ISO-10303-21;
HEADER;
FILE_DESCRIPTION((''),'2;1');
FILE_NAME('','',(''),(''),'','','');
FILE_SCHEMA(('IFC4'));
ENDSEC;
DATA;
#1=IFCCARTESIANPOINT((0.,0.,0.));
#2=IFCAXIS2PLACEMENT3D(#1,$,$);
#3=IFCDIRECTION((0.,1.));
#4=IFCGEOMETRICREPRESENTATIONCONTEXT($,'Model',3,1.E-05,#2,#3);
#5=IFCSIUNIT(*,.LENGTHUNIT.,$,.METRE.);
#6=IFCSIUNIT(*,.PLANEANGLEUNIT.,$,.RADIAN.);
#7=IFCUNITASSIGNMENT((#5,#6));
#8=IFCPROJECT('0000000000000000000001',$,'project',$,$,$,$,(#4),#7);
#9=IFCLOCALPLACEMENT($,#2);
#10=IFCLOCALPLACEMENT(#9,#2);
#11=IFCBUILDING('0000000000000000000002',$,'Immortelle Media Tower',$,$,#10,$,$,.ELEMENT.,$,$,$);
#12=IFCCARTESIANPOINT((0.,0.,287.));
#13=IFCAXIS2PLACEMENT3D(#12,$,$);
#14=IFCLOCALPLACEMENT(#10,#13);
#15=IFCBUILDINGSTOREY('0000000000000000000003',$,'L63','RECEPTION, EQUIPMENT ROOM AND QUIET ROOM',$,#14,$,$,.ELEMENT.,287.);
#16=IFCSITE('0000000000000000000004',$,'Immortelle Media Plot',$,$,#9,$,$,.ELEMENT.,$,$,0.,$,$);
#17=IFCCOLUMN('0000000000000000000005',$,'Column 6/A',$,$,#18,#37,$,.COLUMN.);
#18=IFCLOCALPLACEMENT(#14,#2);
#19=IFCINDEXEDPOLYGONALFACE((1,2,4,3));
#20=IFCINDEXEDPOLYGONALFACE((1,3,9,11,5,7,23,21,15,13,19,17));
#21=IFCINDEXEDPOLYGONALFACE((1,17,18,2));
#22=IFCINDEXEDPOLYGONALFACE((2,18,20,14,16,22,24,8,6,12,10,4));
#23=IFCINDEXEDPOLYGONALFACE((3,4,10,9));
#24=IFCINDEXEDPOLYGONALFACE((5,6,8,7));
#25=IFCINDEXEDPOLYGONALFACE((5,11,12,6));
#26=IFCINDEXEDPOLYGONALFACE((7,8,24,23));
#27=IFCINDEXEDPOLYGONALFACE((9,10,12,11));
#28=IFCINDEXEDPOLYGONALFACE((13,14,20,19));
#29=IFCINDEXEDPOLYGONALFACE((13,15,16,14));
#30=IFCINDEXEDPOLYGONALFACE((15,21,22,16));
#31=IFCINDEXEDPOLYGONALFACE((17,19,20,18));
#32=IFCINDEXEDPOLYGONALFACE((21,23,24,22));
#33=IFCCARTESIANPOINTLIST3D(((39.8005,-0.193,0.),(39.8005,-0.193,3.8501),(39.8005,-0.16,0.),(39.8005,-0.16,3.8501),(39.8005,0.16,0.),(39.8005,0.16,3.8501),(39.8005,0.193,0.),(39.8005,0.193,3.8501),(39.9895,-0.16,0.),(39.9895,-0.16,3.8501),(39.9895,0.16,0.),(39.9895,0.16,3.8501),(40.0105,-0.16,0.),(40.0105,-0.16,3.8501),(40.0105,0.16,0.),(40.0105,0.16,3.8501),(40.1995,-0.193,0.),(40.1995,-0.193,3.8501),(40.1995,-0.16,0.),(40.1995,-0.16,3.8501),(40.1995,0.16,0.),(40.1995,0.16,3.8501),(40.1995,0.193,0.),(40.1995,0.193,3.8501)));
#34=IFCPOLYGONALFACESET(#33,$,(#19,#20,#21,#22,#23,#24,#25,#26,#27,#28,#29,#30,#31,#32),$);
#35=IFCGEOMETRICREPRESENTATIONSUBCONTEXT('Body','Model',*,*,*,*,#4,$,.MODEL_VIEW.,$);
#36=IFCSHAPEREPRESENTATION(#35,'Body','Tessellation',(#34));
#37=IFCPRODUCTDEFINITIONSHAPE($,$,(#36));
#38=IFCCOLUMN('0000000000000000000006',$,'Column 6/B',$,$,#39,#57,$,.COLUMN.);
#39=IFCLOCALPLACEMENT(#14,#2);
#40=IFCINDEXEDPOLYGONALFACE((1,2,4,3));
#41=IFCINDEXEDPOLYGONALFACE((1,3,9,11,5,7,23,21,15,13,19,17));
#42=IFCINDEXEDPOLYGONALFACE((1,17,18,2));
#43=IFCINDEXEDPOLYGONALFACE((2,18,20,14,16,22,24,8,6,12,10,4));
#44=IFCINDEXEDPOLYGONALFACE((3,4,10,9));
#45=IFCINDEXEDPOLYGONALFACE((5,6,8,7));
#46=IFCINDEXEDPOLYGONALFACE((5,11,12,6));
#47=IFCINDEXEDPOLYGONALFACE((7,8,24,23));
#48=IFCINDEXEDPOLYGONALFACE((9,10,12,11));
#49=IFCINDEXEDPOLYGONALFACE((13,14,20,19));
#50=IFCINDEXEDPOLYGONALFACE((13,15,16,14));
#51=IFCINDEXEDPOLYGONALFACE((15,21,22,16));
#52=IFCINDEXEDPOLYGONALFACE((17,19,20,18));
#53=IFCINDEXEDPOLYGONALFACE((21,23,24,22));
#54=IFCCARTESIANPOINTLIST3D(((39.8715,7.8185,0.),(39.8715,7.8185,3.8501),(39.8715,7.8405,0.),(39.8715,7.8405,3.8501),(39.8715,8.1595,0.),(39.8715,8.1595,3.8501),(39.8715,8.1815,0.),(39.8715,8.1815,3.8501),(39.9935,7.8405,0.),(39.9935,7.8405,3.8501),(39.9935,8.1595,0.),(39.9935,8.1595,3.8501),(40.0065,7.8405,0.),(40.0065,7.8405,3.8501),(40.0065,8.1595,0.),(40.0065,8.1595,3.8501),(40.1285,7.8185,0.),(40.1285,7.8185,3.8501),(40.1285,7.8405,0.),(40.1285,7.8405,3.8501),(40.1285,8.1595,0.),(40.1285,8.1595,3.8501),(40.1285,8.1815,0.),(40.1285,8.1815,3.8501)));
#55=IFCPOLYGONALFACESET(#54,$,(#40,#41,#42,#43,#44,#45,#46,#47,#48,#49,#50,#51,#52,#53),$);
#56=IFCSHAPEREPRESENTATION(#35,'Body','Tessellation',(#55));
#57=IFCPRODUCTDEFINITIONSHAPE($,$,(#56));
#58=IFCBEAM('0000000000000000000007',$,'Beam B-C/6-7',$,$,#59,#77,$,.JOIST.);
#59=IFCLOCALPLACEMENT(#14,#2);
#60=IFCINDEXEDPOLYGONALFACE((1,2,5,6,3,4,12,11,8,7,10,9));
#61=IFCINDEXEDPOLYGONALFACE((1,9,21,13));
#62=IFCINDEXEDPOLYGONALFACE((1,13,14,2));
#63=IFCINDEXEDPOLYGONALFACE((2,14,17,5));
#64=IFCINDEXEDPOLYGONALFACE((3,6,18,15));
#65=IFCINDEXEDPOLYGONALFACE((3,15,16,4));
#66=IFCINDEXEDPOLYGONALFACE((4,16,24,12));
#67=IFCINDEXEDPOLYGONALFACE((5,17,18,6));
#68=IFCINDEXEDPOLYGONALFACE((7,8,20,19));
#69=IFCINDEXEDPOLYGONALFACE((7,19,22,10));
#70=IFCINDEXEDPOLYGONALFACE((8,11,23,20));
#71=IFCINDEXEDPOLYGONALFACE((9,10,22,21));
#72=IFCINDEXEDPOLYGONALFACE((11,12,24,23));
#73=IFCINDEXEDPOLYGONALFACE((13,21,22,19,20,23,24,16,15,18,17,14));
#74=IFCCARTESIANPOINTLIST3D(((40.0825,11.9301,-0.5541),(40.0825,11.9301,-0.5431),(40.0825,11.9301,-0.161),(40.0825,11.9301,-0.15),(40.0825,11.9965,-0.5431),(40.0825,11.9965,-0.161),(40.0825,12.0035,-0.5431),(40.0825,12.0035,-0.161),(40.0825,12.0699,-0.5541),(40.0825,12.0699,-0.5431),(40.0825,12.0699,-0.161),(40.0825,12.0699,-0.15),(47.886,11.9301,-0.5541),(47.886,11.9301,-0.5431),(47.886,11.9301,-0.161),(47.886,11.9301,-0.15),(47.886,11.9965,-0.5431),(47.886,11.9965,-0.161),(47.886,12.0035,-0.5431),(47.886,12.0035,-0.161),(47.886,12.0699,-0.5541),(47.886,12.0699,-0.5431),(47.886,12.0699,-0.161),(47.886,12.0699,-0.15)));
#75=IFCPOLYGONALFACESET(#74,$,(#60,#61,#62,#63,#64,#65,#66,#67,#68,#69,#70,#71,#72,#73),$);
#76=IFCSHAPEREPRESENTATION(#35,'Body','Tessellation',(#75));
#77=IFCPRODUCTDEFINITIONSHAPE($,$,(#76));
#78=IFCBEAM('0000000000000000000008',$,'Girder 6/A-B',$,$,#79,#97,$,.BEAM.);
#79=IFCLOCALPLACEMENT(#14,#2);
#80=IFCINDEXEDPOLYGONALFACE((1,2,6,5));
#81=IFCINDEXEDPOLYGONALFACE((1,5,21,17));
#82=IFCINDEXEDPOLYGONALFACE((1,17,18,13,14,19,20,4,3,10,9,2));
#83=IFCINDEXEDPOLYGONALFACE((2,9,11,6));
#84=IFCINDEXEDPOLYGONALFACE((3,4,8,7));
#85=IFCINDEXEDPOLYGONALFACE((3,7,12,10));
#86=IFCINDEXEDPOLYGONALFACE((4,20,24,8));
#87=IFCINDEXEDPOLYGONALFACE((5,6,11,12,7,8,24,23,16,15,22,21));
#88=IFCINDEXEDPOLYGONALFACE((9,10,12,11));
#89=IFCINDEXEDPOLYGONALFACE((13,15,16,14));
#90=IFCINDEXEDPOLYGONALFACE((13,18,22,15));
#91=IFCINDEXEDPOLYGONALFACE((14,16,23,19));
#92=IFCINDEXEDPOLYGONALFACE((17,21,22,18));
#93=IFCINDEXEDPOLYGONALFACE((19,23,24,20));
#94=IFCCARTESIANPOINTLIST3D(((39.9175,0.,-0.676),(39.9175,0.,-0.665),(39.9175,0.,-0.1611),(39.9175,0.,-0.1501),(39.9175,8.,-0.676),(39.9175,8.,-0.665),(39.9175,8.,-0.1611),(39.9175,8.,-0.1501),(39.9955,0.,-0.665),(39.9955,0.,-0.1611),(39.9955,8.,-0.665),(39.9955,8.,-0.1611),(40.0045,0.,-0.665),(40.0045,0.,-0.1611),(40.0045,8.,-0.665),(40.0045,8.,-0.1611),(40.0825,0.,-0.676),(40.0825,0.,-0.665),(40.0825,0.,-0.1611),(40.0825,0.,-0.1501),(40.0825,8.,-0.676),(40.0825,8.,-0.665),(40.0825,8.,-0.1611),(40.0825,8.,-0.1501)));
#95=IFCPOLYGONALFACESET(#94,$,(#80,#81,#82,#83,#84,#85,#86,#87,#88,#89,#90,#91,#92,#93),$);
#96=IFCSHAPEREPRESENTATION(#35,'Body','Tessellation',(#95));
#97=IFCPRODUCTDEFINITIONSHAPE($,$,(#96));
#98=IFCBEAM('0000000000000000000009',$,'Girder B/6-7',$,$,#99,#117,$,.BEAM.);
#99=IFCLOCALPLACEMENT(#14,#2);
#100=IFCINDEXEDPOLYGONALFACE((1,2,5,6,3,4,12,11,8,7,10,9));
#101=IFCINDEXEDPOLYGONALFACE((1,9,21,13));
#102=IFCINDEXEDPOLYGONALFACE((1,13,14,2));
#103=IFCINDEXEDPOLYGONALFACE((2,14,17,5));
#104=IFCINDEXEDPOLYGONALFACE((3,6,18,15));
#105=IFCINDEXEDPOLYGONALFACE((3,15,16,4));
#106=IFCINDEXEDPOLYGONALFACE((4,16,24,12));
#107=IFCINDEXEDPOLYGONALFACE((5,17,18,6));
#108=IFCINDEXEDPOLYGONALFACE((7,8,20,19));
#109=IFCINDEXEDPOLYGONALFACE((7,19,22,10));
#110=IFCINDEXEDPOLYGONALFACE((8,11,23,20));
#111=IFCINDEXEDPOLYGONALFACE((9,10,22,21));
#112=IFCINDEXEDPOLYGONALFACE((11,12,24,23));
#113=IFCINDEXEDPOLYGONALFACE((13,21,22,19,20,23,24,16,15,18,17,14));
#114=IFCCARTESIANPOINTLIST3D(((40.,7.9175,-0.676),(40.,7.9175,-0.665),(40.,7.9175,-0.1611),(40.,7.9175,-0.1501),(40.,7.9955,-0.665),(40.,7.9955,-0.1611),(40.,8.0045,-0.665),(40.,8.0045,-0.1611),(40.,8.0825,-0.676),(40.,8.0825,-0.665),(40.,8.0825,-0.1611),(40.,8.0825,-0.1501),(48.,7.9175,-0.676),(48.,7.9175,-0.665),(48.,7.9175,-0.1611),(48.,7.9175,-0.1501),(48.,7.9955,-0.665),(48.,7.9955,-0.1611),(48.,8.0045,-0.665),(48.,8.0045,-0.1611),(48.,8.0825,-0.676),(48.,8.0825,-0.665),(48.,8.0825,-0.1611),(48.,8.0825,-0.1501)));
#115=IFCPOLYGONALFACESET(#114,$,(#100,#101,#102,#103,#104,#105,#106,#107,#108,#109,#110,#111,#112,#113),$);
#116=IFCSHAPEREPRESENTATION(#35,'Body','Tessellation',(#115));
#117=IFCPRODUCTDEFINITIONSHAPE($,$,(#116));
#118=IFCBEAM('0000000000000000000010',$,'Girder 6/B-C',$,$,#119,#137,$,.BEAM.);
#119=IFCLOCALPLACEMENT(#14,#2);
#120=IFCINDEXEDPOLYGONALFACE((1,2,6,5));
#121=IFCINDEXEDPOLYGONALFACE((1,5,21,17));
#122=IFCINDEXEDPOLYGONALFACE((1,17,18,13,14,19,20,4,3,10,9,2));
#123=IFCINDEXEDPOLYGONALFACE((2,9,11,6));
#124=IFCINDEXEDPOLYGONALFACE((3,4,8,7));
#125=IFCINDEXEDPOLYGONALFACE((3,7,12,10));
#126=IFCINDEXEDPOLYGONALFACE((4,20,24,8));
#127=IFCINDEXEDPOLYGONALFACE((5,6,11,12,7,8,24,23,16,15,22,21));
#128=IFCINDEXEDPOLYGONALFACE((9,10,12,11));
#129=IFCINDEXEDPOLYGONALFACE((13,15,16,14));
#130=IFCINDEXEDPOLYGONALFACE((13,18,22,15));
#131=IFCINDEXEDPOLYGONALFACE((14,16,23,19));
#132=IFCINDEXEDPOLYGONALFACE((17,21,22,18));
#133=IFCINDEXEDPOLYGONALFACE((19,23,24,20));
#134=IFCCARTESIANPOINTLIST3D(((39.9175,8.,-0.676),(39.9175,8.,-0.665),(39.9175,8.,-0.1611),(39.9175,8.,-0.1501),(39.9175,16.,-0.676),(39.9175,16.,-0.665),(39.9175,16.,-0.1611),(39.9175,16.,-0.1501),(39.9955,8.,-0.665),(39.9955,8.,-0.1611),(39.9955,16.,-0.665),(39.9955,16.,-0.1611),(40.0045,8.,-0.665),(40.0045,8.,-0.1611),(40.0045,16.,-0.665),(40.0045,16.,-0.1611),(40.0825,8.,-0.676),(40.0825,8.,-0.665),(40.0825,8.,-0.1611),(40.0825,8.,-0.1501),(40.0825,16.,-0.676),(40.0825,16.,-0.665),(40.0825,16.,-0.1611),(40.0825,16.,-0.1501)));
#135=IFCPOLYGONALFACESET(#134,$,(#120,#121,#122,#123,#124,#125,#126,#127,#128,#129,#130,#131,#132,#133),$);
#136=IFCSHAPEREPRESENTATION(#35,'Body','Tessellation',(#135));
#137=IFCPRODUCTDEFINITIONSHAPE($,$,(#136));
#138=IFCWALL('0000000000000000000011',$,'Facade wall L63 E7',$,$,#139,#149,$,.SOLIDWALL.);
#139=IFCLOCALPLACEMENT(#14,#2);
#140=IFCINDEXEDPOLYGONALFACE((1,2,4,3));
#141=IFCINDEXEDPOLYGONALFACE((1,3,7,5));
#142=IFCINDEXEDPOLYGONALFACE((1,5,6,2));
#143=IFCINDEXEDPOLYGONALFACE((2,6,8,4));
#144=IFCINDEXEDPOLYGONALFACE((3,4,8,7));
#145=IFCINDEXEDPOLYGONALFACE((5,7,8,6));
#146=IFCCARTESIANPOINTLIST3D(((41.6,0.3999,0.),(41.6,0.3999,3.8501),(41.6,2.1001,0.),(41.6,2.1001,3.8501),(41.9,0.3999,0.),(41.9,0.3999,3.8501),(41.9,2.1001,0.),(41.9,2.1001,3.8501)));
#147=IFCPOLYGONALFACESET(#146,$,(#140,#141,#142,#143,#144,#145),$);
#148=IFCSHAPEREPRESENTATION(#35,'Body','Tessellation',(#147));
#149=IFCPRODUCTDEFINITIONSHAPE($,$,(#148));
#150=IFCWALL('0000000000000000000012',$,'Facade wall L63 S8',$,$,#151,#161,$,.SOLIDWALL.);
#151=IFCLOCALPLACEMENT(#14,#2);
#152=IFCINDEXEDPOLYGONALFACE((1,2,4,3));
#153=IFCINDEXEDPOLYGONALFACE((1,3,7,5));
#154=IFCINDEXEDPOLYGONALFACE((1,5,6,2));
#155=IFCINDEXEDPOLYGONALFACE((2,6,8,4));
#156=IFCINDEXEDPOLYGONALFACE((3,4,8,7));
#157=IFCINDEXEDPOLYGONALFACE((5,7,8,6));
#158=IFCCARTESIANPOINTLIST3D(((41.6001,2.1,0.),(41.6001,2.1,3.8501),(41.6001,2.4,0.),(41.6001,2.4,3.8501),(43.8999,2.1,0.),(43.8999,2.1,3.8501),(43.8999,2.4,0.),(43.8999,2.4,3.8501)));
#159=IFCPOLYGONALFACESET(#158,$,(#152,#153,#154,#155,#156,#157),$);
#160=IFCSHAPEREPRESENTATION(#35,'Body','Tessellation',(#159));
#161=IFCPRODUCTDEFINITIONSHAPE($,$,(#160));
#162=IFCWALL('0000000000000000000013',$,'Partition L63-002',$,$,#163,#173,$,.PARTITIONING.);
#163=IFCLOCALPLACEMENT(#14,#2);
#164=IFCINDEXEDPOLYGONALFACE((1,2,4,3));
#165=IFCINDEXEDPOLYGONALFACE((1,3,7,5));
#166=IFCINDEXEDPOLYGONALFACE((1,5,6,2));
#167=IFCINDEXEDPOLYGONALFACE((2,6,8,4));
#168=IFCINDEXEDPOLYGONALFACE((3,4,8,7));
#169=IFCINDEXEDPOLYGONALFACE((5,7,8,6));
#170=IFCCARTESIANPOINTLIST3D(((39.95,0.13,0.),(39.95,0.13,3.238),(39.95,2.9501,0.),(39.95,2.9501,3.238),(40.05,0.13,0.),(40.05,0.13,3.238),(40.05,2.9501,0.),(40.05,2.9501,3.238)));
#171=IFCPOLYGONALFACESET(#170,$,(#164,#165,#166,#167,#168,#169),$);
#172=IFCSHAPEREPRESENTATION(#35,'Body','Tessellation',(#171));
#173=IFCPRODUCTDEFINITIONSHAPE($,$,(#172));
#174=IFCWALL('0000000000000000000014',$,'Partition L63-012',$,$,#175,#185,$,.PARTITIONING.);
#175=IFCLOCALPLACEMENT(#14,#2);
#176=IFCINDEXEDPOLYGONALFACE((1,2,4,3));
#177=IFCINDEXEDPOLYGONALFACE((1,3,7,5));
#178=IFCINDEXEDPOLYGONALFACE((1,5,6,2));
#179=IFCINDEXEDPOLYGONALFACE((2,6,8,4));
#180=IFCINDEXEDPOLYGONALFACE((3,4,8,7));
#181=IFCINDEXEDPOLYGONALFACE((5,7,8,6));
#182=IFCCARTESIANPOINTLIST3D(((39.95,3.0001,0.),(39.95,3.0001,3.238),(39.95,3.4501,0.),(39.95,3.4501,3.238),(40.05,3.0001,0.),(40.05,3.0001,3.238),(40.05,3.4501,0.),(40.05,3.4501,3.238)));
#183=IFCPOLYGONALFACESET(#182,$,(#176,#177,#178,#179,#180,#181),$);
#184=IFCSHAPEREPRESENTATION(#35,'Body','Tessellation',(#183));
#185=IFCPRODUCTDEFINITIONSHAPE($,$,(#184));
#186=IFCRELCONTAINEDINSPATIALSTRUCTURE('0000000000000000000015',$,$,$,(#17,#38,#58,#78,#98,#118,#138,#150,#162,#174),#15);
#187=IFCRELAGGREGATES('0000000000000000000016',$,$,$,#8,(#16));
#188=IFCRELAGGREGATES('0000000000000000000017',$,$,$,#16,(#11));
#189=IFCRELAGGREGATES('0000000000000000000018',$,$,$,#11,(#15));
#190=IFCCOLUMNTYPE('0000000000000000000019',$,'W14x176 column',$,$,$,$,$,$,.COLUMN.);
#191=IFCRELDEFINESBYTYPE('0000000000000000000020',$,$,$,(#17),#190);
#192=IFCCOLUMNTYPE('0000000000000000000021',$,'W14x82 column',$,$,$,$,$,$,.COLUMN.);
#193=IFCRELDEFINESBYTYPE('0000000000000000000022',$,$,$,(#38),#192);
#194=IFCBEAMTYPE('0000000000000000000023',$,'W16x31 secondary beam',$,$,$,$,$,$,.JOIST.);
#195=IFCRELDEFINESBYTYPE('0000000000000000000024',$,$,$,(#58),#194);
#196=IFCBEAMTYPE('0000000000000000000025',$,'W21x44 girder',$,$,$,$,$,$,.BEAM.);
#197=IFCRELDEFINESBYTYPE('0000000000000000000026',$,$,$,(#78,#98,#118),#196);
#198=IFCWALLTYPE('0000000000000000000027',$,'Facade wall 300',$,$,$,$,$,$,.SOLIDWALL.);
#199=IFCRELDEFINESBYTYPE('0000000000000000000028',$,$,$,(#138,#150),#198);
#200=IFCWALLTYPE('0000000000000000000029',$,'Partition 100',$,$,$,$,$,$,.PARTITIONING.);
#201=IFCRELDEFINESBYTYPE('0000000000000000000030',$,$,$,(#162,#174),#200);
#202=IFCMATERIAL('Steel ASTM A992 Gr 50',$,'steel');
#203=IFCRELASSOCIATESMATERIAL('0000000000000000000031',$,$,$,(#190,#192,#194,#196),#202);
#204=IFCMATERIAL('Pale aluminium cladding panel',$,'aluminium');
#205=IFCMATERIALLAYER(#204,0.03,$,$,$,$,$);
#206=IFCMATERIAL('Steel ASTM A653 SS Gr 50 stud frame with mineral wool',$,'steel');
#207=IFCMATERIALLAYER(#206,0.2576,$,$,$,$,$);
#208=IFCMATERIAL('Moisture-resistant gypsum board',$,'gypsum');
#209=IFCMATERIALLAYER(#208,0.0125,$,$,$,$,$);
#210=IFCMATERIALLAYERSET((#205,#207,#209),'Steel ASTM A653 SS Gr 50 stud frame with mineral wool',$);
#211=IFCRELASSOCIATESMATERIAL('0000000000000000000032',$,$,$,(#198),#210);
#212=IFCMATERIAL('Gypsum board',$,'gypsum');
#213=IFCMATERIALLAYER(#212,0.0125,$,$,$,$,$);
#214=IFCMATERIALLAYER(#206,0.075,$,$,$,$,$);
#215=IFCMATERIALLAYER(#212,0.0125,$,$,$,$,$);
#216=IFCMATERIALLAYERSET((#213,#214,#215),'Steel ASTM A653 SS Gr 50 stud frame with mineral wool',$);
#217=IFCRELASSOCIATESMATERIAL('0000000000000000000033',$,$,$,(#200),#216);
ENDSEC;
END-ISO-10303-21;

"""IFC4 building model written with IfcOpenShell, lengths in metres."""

from ifc_helpers import new_model, si_unit, direction, frame, frame_2d, origin, origin_2d, place, context, subcontext, project, spatial, rectangle, i_section, extrude, material, layer, layer_set, material_profile, profile_set, type_object, element, save


model = new_model("IFC4")

# Units and contexts
model_context = context("Model", 3, precision=1e-05, world=origin(), true_north=direction((0.0, 1.0)))
body_context = subcontext(model_context, "Body", "Model", "MODEL_VIEW")
ifc_project = project(units=[si_unit("LENGTHUNIT", "METRE"), si_unit("PLANEANGLEUNIT", "RADIAN")], contexts=[model_context])

# Site, building, storey
site_placement = place(None, origin())
site = spatial("IfcSite", under=ifc_project, at=site_placement, Name="Immortelle Media Plot", CompositionType="ELEMENT", RefElevation=0.0)
building_placement = place(site_placement, origin())
building = spatial("IfcBuilding", under=site, at=building_placement, Name="Immortelle Media Tower", CompositionType="ELEMENT")
storey_placement = place(building_placement, frame((0.0, 0.0, 287.0)))
storey = spatial("IfcBuildingStorey", under=building, at=storey_placement, Name="L63", Description="RECEPTION, EQUIPMENT ROOM AND QUIET ROOM", CompositionType="ELEMENT", Elevation=287.0)

# Columns
ifc_material_1 = material(Name="Steel ASTM A992 Gr 50", Category="steel")
ifc_material_profile_1 = material_profile(ifc_material_1, i_section(OverallWidth=0.3989, OverallDepth=0.386, WebThickness=0.021, FlangeThickness=0.033, at=origin_2d()), Name="W14x176")
ifc_profile_set_1 = profile_set([ifc_material_profile_1], Name="Steel ASTM A992 Gr 50")
column_type_1 = type_object("IfcColumnType", Name="W14x176 column", PredefinedType="COLUMN", material=ifc_profile_set_1)
column_1_placement = place(storey_placement, frame((40.0, 0.0, 0.0), z_axis=(0.0, 0.0, 1.0), x_axis=(1.0, 0.0, 0.0)))
element("IfcColumn", 1, at=column_1_placement, inside=storey, type_object=column_type_1, Name="Column 6/A", PredefinedType="COLUMN", context=body_context, shape_type="SweptSolid", body=[
    extrude(i_section(OverallWidth=0.3989, OverallDepth=0.386, WebThickness=0.021, FlangeThickness=0.033, at=origin_2d()), origin(), (0.0, 0.0, 1.0), 3.8501),
])
ifc_material_profile_2 = material_profile(ifc_material_1, i_section(OverallWidth=0.2571, OverallDepth=0.363, WebThickness=0.0129, FlangeThickness=0.022, at=origin_2d()), Name="W14x82")
ifc_profile_set_2 = profile_set([ifc_material_profile_2], Name="Steel ASTM A992 Gr 50")
column_type_2 = type_object("IfcColumnType", Name="W14x82 column", PredefinedType="COLUMN", material=ifc_profile_set_2)
column_2_placement = place(storey_placement, frame((40.0, 8.0, 0.0), z_axis=(0.0, 0.0, 1.0), x_axis=(1.0, 0.0, 0.0)))
element("IfcColumn", 2, at=column_2_placement, inside=storey, type_object=column_type_2, Name="Column 6/B", PredefinedType="COLUMN", context=body_context, shape_type="SweptSolid", body=[
    extrude(i_section(OverallWidth=0.2571, OverallDepth=0.363, WebThickness=0.0129, FlangeThickness=0.022, at=origin_2d()), origin(), (0.0, 0.0, 1.0), 3.8501),
])

# Beams
ifc_material_profile_3 = material_profile(ifc_material_1, i_section(OverallWidth=0.1399, OverallDepth=0.4041, WebThickness=0.0071, FlangeThickness=0.011, at=origin_2d()), Name="W16x31")
ifc_profile_set_3 = profile_set([ifc_material_profile_3], Name="Steel ASTM A992 Gr 50")
beam_type_1 = type_object("IfcBeamType", Name="W16x31 secondary beam", PredefinedType="JOIST", material=ifc_profile_set_3)
beam_placement = place(storey_placement, frame((40.0825, 12.0, -0.3521), z_axis=(1.0, 0.0, 0.0), x_axis=(0.0, 1.0, 0.0)))
element("IfcBeam", 3, at=beam_placement, inside=storey, type_object=beam_type_1, Name="Beam B-C/6-7", PredefinedType="JOIST", context=body_context, shape_type="SweptSolid", body=[
    extrude(i_section(OverallWidth=0.1399, OverallDepth=0.4041, WebThickness=0.0071, FlangeThickness=0.011, at=origin_2d()), origin(), (0.0, 0.0, 1.0), 7.8035),
])
ifc_material_profile_4 = material_profile(ifc_material_1, i_section(OverallWidth=0.165, OverallDepth=0.5259, WebThickness=0.009, FlangeThickness=0.011, at=origin_2d()), Name="W21x44")
ifc_profile_set_4 = profile_set([ifc_material_profile_4], Name="Steel ASTM A992 Gr 50")
beam_type_2 = type_object("IfcBeamType", Name="W21x44 girder", PredefinedType="BEAM", material=ifc_profile_set_4)
for number, where, z_axis, x_axis, name in (
    (4, (40.0, 0.0, -0.4131), (0.0, 1.0, 0.0), (-1.0, 0.0, 0.0), "Girder 6/A-B"),
    (5, (40.0, 8.0, -0.4131), (1.0, 0.0, 0.0), (0.0, 1.0, 0.0), "Girder B/6-7"),
    (6, (40.0, 8.0, -0.4131), (0.0, 1.0, 0.0), (-1.0, 0.0, 0.0), "Girder 6/B-C"),
):
    element("IfcBeam", number, at=place(storey_placement, frame(where, z_axis=z_axis, x_axis=x_axis)), inside=storey, type_object=beam_type_2, Name=name, PredefinedType="BEAM", context=body_context, shape_type="SweptSolid", body=[
        extrude(i_section(OverallWidth=0.165, OverallDepth=0.5259, WebThickness=0.009, FlangeThickness=0.011, at=origin_2d()), origin(), (0.0, 0.0, 1.0), 8.0),
    ])

# Walls
ifc_material_2 = material(Name="Pale aluminium cladding panel", Category="aluminium")
ifc_layer_1 = layer(ifc_material_2, 0.03)
ifc_material_3 = material(Name="Steel ASTM A653 SS Gr 50 stud frame with mineral wool", Category="steel")
ifc_layer_2 = layer(ifc_material_3, 0.2576)
ifc_material_4 = material(Name="Moisture-resistant gypsum board", Category="gypsum")
ifc_layer_3 = layer(ifc_material_4, 0.0125)
ifc_layer_set_1 = layer_set([ifc_layer_1, ifc_layer_2, ifc_layer_3], Name="Steel ASTM A653 SS Gr 50 stud frame with mineral wool")
wall_type_1 = type_object("IfcWallType", Name="Facade wall 300", PredefinedType="SOLIDWALL", material=ifc_layer_set_1)
wall_1_placement = place(storey_placement, frame((41.75, 0.3999, 0.0), z_axis=(0.0, 0.0, 1.0), x_axis=(0.0, 1.0, 0.0)))
element("IfcWall", 7, at=wall_1_placement, inside=storey, type_object=wall_type_1, Name="Facade wall L63 E7", PredefinedType="SOLIDWALL", context=body_context, shape_type="SweptSolid", body=[
    extrude(rectangle(XDim=1.7002, YDim=0.3, at=frame_2d((0.8501, 0.0))), origin(), (0.0, 0.0, 1.0), 3.8501),
])
wall_2_placement = place(storey_placement, frame((41.6001, 2.25, 0.0), z_axis=(0.0, 0.0, 1.0), x_axis=(1.0, 0.0, 0.0)))
element("IfcWall", 8, at=wall_2_placement, inside=storey, type_object=wall_type_1, Name="Facade wall L63 S8", PredefinedType="SOLIDWALL", context=body_context, shape_type="SweptSolid", body=[
    extrude(rectangle(XDim=2.2998, YDim=0.3, at=frame_2d((1.1499, 0.0))), origin(), (0.0, 0.0, 1.0), 3.8501),
])
ifc_material_5 = material(Name="Gypsum board", Category="gypsum")
ifc_layer_4 = layer(ifc_material_5, 0.0125)
ifc_layer_5 = layer(ifc_material_3, 0.075)
ifc_layer_6 = layer(ifc_material_5, 0.0125)
ifc_layer_set_2 = layer_set([ifc_layer_4, ifc_layer_5, ifc_layer_6], Name="Steel ASTM A653 SS Gr 50 stud frame with mineral wool")
wall_type_2 = type_object("IfcWallType", Name="Partition 100", PredefinedType="PARTITIONING", material=ifc_layer_set_2)
wall_3_placement = place(storey_placement, frame((40.0, 0.1299, 0.0), z_axis=(0.0, 0.0, 1.0), x_axis=(0.0, 1.0, 0.0)))
element("IfcWall", 9, at=wall_3_placement, inside=storey, type_object=wall_type_2, Name="Partition L63-002", PredefinedType="PARTITIONING", context=body_context, shape_type="SweptSolid", body=[
    extrude(rectangle(XDim=2.8201, YDim=0.1001, at=frame_2d((1.4102, 0.0))), origin(), (0.0, 0.0, 1.0), 3.238),
])
wall_4_placement = place(storey_placement, frame((40.0, 3.0, 0.0), z_axis=(0.0, 0.0, 1.0), x_axis=(0.0, 1.0, 0.0)))
element("IfcWall", 10, at=wall_4_placement, inside=storey, type_object=wall_type_2, Name="Partition L63-012", PredefinedType="PARTITIONING", context=body_context, shape_type="SweptSolid", body=[
    extrude(rectangle(XDim=0.45, YDim=0.1001, at=frame_2d((0.2251, 0.0))), origin(), (0.0, 0.0, 1.0), 3.238),
])

save(model, "model.ifc")
